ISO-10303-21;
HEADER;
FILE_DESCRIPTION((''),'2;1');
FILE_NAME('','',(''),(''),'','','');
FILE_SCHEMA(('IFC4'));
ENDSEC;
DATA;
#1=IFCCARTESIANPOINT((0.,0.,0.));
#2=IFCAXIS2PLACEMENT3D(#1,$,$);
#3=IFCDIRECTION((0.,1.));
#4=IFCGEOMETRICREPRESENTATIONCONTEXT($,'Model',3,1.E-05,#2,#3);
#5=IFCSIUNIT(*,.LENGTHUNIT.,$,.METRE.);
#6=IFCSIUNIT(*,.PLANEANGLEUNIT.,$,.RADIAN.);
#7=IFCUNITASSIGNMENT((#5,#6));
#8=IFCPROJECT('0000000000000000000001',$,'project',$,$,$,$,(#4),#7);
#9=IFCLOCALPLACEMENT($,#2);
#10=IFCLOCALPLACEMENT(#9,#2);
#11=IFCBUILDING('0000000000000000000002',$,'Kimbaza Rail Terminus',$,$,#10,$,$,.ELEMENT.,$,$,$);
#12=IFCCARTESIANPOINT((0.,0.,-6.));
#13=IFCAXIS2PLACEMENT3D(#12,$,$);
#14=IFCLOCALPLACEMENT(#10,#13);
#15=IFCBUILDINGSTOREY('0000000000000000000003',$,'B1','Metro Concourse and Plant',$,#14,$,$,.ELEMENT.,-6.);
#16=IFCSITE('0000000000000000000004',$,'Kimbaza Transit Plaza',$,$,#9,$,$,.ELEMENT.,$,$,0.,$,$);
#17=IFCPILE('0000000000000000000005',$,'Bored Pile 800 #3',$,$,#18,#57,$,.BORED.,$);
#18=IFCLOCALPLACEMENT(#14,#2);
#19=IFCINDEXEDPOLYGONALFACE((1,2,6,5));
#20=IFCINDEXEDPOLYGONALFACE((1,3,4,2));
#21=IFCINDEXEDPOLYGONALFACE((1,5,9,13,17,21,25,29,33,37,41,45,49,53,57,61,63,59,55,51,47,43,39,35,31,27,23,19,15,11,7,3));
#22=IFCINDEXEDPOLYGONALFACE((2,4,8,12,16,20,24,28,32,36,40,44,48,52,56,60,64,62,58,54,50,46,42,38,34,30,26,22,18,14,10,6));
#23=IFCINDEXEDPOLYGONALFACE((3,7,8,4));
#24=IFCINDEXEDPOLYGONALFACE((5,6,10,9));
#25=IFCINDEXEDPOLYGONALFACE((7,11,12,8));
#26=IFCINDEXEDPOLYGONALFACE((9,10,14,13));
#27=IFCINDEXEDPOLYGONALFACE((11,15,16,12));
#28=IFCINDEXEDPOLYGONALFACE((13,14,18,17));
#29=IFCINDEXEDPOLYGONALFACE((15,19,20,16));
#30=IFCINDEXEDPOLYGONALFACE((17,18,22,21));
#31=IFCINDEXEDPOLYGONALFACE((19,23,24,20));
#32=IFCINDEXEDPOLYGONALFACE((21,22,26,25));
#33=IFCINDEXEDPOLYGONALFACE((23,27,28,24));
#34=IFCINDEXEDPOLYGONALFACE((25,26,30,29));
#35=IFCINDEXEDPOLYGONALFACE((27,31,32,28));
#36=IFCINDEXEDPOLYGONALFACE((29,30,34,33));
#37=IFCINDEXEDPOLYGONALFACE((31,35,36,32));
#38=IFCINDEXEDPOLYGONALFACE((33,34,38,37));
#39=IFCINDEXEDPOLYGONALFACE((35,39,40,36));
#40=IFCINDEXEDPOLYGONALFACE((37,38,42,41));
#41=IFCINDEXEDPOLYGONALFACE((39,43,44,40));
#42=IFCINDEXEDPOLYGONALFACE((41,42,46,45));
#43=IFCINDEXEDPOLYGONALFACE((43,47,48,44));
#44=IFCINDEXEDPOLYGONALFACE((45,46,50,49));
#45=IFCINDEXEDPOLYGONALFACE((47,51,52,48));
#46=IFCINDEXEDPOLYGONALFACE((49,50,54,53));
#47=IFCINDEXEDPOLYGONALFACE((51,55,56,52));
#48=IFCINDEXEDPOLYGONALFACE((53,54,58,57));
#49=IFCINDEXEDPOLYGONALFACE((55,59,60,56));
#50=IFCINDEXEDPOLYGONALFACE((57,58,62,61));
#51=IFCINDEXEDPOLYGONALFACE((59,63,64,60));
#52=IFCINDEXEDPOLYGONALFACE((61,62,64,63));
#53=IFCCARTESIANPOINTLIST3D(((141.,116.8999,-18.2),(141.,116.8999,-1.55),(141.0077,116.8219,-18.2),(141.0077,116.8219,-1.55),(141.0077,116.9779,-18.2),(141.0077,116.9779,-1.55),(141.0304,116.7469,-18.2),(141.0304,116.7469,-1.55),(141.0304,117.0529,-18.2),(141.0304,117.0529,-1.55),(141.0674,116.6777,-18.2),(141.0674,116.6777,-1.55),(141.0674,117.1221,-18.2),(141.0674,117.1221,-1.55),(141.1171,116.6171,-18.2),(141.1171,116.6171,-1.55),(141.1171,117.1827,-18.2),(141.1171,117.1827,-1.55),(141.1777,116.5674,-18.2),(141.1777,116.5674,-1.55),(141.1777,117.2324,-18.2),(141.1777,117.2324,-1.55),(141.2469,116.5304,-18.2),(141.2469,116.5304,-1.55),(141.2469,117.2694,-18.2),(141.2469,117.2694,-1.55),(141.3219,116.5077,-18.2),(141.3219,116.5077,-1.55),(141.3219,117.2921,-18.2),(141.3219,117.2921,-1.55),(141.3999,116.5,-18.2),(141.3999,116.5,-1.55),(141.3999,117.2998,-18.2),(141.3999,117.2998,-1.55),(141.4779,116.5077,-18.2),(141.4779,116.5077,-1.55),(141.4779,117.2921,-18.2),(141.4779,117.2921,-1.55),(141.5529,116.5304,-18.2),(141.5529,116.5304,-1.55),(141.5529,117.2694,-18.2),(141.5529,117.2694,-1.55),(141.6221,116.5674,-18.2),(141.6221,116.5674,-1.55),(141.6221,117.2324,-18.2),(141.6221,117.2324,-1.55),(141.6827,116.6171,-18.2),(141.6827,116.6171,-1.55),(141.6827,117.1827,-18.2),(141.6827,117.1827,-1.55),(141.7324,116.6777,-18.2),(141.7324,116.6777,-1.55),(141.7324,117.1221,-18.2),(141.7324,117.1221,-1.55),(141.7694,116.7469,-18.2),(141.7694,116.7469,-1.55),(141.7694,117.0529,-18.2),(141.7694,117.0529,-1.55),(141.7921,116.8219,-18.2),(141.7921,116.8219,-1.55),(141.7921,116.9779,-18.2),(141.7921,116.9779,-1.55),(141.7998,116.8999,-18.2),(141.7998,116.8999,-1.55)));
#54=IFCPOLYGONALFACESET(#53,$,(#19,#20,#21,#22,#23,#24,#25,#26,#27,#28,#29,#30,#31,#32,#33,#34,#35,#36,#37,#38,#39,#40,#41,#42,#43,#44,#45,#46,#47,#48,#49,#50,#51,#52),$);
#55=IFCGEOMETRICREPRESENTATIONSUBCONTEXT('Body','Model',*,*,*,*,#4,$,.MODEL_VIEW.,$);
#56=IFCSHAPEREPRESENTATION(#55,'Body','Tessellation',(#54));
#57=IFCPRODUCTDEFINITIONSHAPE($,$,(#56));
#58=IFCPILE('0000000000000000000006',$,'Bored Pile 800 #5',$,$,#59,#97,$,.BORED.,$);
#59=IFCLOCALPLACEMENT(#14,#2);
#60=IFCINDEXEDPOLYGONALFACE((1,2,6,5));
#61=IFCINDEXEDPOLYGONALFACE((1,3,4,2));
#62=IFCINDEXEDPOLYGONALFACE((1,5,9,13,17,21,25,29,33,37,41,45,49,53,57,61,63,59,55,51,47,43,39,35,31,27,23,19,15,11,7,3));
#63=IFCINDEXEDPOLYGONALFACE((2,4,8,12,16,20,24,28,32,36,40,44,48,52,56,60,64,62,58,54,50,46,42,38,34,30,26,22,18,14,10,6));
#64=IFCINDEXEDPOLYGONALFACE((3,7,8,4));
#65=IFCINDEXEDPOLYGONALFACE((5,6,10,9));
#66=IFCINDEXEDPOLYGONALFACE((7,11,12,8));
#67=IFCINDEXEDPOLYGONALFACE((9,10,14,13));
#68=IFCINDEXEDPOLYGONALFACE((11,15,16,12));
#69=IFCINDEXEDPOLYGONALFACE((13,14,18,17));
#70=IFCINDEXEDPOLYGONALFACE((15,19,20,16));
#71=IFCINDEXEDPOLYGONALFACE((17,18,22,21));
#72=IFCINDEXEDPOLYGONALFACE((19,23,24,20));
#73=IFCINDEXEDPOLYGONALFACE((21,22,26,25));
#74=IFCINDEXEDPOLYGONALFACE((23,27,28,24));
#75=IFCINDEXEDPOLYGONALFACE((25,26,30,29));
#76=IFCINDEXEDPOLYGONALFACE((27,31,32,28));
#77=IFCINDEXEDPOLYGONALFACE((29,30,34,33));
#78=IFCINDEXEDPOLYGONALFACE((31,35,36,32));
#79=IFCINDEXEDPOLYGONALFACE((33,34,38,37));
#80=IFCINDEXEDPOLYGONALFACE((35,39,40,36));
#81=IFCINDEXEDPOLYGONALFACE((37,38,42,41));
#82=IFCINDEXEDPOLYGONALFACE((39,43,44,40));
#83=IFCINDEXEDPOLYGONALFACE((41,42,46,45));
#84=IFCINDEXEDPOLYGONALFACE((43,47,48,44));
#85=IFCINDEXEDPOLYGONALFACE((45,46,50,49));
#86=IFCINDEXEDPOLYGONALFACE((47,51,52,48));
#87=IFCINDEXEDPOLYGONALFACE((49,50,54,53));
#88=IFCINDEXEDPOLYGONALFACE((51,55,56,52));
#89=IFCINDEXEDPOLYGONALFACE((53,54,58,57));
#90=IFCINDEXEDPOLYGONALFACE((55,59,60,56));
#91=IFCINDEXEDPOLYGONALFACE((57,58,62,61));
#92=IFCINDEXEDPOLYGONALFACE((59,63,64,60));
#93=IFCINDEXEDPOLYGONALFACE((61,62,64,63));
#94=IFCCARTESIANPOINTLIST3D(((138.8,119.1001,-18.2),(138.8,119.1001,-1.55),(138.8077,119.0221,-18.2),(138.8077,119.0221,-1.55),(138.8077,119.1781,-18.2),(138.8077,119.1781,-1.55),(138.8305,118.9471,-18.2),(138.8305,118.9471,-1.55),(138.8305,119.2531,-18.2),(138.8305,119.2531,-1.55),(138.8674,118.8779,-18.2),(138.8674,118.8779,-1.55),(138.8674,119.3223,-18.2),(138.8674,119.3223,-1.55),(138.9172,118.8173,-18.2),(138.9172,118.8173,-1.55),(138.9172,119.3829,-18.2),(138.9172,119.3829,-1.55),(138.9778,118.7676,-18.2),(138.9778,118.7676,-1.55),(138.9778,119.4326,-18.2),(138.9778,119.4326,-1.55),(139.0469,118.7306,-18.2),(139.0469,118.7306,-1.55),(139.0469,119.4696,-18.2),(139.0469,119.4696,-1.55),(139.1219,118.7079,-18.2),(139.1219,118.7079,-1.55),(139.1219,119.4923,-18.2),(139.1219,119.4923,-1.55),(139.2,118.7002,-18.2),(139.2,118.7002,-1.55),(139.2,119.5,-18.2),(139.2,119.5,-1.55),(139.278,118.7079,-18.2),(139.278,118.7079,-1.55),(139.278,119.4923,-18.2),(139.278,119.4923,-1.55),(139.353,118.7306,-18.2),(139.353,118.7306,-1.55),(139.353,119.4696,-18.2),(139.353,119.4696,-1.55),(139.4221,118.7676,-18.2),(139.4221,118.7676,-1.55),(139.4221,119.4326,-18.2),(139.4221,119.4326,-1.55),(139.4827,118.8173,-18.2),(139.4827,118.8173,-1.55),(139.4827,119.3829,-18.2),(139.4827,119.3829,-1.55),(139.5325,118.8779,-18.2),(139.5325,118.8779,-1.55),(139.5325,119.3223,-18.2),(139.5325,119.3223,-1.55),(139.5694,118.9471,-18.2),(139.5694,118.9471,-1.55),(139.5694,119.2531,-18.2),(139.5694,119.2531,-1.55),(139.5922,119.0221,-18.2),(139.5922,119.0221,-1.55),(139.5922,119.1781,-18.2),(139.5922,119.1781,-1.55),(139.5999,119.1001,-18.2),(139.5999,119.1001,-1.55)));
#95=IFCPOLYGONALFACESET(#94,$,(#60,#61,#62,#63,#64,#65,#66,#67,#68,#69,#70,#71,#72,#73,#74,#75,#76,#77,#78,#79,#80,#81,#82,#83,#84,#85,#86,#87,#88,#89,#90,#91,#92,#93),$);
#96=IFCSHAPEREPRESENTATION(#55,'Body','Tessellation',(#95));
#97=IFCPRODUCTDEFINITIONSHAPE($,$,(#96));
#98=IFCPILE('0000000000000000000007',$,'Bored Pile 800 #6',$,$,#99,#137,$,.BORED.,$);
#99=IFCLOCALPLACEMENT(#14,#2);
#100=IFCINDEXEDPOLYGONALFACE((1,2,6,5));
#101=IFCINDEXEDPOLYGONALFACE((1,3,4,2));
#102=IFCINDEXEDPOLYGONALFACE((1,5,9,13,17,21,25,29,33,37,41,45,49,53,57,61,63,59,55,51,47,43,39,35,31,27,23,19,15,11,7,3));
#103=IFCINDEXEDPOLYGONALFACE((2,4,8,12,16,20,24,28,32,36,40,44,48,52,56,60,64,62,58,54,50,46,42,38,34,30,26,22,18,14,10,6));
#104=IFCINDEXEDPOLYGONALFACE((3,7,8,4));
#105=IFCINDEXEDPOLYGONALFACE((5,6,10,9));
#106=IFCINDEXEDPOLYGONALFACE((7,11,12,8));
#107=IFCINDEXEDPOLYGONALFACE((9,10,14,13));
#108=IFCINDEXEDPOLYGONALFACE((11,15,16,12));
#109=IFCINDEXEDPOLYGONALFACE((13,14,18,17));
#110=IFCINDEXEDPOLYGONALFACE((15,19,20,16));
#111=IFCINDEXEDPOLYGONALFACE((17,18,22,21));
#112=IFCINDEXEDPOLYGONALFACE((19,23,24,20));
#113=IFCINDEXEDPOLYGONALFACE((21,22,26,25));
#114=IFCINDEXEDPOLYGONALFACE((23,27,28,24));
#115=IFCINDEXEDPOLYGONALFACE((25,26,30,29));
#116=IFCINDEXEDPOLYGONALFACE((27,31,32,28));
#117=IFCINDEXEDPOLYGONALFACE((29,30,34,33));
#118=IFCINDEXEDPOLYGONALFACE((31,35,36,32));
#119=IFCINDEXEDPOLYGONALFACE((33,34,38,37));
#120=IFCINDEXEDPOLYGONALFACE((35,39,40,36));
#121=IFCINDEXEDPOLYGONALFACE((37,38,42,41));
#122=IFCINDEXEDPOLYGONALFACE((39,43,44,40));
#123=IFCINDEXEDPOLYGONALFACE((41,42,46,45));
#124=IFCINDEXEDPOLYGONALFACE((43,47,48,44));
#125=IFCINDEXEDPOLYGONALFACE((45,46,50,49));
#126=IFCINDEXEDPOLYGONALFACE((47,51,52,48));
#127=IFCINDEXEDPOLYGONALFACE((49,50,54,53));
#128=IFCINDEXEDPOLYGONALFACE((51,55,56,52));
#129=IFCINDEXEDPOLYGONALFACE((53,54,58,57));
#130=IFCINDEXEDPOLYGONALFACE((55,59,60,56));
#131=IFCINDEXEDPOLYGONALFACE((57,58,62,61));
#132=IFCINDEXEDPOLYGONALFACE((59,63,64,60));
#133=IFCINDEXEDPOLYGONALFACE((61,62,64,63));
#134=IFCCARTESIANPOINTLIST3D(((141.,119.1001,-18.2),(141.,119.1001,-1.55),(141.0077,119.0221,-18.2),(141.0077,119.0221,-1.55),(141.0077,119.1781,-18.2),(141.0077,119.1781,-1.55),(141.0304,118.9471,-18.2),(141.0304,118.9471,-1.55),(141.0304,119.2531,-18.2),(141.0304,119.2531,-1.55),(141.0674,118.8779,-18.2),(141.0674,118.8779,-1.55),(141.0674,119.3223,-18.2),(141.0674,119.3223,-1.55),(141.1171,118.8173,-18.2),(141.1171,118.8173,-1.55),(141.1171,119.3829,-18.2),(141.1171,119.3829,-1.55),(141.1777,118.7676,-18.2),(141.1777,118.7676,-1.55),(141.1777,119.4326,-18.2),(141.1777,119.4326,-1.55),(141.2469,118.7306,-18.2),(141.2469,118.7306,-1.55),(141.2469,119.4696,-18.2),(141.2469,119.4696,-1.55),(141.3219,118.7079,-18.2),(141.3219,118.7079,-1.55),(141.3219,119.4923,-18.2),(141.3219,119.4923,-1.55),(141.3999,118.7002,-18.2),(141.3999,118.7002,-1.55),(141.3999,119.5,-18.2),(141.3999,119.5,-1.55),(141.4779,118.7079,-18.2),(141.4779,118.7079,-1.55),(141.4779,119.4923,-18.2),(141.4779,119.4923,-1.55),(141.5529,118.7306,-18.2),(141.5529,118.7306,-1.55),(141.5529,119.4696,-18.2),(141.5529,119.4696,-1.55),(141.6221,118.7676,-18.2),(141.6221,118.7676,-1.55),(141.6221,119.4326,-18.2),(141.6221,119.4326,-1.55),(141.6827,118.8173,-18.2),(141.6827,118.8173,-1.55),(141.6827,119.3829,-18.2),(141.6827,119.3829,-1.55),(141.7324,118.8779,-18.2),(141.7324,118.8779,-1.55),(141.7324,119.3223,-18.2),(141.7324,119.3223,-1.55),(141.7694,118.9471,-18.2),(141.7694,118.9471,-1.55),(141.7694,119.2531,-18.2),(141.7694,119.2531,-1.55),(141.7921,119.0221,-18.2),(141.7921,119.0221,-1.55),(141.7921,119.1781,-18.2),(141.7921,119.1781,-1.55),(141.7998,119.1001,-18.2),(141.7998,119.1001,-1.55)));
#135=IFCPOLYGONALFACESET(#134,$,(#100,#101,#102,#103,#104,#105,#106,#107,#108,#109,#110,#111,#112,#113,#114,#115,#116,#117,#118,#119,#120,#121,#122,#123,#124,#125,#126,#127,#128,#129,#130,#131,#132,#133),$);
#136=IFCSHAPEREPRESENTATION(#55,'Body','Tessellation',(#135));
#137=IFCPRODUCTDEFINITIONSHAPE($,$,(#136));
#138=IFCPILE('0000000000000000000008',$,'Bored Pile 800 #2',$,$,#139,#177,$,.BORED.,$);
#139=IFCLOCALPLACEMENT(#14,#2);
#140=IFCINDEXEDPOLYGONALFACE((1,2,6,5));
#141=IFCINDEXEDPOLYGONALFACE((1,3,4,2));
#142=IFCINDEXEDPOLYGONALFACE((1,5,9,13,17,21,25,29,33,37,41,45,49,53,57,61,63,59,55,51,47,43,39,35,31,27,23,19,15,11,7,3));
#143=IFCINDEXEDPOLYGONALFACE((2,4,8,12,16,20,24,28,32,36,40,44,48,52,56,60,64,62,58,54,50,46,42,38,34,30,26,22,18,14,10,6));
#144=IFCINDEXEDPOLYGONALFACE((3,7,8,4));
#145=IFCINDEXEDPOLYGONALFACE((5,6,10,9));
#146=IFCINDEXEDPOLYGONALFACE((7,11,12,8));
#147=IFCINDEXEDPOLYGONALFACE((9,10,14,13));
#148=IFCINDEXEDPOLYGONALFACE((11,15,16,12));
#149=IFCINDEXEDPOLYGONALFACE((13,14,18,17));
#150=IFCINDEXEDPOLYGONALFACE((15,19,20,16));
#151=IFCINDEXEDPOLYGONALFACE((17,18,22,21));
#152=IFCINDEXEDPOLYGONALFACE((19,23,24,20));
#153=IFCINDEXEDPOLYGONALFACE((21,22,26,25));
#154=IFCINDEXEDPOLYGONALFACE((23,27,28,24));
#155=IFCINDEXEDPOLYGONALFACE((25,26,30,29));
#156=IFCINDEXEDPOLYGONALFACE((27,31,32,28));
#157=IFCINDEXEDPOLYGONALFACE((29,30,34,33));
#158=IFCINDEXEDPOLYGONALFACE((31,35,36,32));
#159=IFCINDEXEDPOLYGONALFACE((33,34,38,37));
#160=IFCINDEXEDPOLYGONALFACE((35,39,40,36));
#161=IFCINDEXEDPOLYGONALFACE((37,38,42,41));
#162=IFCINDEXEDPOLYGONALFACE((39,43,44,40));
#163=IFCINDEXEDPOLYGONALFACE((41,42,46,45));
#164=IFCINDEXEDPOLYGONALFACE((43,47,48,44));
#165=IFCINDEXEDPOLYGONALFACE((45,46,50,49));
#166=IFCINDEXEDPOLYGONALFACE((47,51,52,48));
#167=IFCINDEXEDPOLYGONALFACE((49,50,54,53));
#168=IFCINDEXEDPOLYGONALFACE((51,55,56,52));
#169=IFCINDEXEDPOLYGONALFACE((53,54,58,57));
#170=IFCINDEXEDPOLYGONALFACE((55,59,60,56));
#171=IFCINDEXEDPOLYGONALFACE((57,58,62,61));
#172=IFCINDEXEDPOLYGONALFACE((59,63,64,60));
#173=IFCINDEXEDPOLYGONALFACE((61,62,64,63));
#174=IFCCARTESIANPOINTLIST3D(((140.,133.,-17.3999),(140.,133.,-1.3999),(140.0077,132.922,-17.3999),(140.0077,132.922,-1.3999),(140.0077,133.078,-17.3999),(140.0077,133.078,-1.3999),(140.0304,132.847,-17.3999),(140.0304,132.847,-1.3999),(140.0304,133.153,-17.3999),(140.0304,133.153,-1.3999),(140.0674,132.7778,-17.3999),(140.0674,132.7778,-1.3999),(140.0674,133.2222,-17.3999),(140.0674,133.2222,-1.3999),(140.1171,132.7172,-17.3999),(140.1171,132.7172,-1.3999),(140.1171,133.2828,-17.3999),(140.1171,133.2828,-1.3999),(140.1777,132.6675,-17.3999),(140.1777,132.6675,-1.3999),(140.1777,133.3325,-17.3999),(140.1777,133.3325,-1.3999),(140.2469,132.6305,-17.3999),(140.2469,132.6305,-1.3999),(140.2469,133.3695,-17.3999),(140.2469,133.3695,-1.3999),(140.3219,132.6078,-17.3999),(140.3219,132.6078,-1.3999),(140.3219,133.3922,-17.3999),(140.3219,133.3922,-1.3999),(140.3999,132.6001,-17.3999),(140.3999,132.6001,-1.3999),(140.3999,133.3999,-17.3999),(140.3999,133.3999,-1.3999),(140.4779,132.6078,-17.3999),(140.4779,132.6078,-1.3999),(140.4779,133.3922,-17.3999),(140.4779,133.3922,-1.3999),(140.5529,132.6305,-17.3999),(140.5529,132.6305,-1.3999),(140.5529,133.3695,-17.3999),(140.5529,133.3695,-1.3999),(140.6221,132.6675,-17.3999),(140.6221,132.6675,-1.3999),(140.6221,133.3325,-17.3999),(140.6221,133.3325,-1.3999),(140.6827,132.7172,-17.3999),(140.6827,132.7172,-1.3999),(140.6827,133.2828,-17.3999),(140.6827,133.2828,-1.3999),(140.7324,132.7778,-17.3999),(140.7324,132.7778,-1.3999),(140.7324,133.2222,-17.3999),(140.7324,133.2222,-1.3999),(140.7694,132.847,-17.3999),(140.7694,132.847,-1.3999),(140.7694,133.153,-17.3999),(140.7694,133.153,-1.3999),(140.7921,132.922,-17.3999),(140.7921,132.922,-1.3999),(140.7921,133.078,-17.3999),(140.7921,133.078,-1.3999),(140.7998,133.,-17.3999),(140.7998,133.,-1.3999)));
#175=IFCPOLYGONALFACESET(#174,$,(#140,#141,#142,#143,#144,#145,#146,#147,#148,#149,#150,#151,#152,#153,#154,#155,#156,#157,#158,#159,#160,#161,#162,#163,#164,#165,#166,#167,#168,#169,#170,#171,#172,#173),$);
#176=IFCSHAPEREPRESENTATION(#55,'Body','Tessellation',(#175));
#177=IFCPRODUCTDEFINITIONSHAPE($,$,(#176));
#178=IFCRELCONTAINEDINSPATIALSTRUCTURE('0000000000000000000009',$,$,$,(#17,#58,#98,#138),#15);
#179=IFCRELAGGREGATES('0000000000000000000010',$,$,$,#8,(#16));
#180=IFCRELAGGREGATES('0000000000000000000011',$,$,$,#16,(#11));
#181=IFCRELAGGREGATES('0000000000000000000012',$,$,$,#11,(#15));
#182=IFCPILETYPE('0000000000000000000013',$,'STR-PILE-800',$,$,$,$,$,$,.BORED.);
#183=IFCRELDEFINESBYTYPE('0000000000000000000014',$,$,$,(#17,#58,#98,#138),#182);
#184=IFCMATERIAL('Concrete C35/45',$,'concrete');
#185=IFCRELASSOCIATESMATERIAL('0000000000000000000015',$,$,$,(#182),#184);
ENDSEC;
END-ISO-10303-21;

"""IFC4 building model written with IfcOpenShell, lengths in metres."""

from ifc_helpers import new_model, si_unit, direction, frame, origin, origin_2d, place, context, subcontext, project, spatial, circle, extrude, material, material_profile, profile_set, type_object, element, save


model = new_model("IFC4")

# Units and contexts
model_context = context("Model", 3, precision=1e-05, world=origin(), true_north=direction((0.0, 1.0)))
body_context = subcontext(model_context, "Body", "Model", "MODEL_VIEW")
ifc_project = project(units=[si_unit("LENGTHUNIT", "METRE"), si_unit("PLANEANGLEUNIT", "RADIAN")], contexts=[model_context])

# Site, building, storey
site_placement = place(None, origin())
site = spatial("IfcSite", under=ifc_project, at=site_placement, Name="Kimbaza Transit Plaza", CompositionType="ELEMENT", RefElevation=0.0)
building_placement = place(site_placement, origin())
building = spatial("IfcBuilding", under=site, at=building_placement, Name="Kimbaza Rail Terminus", CompositionType="ELEMENT")
storey_placement = place(building_placement, frame((0.0, 0.0, -6.0)))
storey = spatial("IfcBuildingStorey", under=building, at=storey_placement, Name="B1", Description="Metro Concourse and Plant", CompositionType="ELEMENT", Elevation=-6.0)

# Piles
ifc_material_1 = material(Name="Concrete C35/45", Category="concrete")
ifc_material_profile_1 = material_profile(ifc_material_1, circle(Radius=0.3999, at=origin_2d()), Name="BORED PILE 800")
ifc_profile_set_1 = profile_set([ifc_material_profile_1], Name="Concrete C35/45")
pile_type_1 = type_object("IfcPileType", Name="STR-PILE-800", PredefinedType="BORED", material=ifc_profile_set_1)
for number, where, z_axis, x_axis, name in (
    (1, (141.3999, 116.8999, -1.55), (0.0, 0.0, -1.0), (1.0, 0.0, 0.0), "Bored Pile 800 #3"),
    (2, (139.2, 119.1001, -1.55), (0.0, 0.0, -1.0), (1.0, 0.0, 0.0), "Bored Pile 800 #5"),
    (3, (141.3999, 119.1001, -1.55), (0.0, 0.0, -1.0), (1.0, 0.0, 0.0), "Bored Pile 800 #6"),
):
    element("IfcPile", number, at=place(storey_placement, frame(where, z_axis=z_axis, x_axis=x_axis)), inside=storey, type_object=pile_type_1, Name=name, PredefinedType="BORED", context=body_context, shape_type="SweptSolid", body=[
        extrude(circle(Radius=0.3999, at=origin_2d()), origin(), (0.0, 0.0, 1.0), 16.6499),
    ])
pile_1_placement = place(storey_placement, frame((140.3999, 133.0, -1.3999), z_axis=(0.0, 0.0, -1.0), x_axis=(1.0, 0.0, 0.0)))
element("IfcPile", 4, at=pile_1_placement, inside=storey, type_object=pile_type_1, Name="Bored Pile 800 #2", PredefinedType="BORED", context=body_context, shape_type="SweptSolid", body=[
    extrude(circle(Radius=0.3999, at=origin_2d()), origin(), (0.0, 0.0, 1.0), 16.0),
])

save(model, "model.ifc")
